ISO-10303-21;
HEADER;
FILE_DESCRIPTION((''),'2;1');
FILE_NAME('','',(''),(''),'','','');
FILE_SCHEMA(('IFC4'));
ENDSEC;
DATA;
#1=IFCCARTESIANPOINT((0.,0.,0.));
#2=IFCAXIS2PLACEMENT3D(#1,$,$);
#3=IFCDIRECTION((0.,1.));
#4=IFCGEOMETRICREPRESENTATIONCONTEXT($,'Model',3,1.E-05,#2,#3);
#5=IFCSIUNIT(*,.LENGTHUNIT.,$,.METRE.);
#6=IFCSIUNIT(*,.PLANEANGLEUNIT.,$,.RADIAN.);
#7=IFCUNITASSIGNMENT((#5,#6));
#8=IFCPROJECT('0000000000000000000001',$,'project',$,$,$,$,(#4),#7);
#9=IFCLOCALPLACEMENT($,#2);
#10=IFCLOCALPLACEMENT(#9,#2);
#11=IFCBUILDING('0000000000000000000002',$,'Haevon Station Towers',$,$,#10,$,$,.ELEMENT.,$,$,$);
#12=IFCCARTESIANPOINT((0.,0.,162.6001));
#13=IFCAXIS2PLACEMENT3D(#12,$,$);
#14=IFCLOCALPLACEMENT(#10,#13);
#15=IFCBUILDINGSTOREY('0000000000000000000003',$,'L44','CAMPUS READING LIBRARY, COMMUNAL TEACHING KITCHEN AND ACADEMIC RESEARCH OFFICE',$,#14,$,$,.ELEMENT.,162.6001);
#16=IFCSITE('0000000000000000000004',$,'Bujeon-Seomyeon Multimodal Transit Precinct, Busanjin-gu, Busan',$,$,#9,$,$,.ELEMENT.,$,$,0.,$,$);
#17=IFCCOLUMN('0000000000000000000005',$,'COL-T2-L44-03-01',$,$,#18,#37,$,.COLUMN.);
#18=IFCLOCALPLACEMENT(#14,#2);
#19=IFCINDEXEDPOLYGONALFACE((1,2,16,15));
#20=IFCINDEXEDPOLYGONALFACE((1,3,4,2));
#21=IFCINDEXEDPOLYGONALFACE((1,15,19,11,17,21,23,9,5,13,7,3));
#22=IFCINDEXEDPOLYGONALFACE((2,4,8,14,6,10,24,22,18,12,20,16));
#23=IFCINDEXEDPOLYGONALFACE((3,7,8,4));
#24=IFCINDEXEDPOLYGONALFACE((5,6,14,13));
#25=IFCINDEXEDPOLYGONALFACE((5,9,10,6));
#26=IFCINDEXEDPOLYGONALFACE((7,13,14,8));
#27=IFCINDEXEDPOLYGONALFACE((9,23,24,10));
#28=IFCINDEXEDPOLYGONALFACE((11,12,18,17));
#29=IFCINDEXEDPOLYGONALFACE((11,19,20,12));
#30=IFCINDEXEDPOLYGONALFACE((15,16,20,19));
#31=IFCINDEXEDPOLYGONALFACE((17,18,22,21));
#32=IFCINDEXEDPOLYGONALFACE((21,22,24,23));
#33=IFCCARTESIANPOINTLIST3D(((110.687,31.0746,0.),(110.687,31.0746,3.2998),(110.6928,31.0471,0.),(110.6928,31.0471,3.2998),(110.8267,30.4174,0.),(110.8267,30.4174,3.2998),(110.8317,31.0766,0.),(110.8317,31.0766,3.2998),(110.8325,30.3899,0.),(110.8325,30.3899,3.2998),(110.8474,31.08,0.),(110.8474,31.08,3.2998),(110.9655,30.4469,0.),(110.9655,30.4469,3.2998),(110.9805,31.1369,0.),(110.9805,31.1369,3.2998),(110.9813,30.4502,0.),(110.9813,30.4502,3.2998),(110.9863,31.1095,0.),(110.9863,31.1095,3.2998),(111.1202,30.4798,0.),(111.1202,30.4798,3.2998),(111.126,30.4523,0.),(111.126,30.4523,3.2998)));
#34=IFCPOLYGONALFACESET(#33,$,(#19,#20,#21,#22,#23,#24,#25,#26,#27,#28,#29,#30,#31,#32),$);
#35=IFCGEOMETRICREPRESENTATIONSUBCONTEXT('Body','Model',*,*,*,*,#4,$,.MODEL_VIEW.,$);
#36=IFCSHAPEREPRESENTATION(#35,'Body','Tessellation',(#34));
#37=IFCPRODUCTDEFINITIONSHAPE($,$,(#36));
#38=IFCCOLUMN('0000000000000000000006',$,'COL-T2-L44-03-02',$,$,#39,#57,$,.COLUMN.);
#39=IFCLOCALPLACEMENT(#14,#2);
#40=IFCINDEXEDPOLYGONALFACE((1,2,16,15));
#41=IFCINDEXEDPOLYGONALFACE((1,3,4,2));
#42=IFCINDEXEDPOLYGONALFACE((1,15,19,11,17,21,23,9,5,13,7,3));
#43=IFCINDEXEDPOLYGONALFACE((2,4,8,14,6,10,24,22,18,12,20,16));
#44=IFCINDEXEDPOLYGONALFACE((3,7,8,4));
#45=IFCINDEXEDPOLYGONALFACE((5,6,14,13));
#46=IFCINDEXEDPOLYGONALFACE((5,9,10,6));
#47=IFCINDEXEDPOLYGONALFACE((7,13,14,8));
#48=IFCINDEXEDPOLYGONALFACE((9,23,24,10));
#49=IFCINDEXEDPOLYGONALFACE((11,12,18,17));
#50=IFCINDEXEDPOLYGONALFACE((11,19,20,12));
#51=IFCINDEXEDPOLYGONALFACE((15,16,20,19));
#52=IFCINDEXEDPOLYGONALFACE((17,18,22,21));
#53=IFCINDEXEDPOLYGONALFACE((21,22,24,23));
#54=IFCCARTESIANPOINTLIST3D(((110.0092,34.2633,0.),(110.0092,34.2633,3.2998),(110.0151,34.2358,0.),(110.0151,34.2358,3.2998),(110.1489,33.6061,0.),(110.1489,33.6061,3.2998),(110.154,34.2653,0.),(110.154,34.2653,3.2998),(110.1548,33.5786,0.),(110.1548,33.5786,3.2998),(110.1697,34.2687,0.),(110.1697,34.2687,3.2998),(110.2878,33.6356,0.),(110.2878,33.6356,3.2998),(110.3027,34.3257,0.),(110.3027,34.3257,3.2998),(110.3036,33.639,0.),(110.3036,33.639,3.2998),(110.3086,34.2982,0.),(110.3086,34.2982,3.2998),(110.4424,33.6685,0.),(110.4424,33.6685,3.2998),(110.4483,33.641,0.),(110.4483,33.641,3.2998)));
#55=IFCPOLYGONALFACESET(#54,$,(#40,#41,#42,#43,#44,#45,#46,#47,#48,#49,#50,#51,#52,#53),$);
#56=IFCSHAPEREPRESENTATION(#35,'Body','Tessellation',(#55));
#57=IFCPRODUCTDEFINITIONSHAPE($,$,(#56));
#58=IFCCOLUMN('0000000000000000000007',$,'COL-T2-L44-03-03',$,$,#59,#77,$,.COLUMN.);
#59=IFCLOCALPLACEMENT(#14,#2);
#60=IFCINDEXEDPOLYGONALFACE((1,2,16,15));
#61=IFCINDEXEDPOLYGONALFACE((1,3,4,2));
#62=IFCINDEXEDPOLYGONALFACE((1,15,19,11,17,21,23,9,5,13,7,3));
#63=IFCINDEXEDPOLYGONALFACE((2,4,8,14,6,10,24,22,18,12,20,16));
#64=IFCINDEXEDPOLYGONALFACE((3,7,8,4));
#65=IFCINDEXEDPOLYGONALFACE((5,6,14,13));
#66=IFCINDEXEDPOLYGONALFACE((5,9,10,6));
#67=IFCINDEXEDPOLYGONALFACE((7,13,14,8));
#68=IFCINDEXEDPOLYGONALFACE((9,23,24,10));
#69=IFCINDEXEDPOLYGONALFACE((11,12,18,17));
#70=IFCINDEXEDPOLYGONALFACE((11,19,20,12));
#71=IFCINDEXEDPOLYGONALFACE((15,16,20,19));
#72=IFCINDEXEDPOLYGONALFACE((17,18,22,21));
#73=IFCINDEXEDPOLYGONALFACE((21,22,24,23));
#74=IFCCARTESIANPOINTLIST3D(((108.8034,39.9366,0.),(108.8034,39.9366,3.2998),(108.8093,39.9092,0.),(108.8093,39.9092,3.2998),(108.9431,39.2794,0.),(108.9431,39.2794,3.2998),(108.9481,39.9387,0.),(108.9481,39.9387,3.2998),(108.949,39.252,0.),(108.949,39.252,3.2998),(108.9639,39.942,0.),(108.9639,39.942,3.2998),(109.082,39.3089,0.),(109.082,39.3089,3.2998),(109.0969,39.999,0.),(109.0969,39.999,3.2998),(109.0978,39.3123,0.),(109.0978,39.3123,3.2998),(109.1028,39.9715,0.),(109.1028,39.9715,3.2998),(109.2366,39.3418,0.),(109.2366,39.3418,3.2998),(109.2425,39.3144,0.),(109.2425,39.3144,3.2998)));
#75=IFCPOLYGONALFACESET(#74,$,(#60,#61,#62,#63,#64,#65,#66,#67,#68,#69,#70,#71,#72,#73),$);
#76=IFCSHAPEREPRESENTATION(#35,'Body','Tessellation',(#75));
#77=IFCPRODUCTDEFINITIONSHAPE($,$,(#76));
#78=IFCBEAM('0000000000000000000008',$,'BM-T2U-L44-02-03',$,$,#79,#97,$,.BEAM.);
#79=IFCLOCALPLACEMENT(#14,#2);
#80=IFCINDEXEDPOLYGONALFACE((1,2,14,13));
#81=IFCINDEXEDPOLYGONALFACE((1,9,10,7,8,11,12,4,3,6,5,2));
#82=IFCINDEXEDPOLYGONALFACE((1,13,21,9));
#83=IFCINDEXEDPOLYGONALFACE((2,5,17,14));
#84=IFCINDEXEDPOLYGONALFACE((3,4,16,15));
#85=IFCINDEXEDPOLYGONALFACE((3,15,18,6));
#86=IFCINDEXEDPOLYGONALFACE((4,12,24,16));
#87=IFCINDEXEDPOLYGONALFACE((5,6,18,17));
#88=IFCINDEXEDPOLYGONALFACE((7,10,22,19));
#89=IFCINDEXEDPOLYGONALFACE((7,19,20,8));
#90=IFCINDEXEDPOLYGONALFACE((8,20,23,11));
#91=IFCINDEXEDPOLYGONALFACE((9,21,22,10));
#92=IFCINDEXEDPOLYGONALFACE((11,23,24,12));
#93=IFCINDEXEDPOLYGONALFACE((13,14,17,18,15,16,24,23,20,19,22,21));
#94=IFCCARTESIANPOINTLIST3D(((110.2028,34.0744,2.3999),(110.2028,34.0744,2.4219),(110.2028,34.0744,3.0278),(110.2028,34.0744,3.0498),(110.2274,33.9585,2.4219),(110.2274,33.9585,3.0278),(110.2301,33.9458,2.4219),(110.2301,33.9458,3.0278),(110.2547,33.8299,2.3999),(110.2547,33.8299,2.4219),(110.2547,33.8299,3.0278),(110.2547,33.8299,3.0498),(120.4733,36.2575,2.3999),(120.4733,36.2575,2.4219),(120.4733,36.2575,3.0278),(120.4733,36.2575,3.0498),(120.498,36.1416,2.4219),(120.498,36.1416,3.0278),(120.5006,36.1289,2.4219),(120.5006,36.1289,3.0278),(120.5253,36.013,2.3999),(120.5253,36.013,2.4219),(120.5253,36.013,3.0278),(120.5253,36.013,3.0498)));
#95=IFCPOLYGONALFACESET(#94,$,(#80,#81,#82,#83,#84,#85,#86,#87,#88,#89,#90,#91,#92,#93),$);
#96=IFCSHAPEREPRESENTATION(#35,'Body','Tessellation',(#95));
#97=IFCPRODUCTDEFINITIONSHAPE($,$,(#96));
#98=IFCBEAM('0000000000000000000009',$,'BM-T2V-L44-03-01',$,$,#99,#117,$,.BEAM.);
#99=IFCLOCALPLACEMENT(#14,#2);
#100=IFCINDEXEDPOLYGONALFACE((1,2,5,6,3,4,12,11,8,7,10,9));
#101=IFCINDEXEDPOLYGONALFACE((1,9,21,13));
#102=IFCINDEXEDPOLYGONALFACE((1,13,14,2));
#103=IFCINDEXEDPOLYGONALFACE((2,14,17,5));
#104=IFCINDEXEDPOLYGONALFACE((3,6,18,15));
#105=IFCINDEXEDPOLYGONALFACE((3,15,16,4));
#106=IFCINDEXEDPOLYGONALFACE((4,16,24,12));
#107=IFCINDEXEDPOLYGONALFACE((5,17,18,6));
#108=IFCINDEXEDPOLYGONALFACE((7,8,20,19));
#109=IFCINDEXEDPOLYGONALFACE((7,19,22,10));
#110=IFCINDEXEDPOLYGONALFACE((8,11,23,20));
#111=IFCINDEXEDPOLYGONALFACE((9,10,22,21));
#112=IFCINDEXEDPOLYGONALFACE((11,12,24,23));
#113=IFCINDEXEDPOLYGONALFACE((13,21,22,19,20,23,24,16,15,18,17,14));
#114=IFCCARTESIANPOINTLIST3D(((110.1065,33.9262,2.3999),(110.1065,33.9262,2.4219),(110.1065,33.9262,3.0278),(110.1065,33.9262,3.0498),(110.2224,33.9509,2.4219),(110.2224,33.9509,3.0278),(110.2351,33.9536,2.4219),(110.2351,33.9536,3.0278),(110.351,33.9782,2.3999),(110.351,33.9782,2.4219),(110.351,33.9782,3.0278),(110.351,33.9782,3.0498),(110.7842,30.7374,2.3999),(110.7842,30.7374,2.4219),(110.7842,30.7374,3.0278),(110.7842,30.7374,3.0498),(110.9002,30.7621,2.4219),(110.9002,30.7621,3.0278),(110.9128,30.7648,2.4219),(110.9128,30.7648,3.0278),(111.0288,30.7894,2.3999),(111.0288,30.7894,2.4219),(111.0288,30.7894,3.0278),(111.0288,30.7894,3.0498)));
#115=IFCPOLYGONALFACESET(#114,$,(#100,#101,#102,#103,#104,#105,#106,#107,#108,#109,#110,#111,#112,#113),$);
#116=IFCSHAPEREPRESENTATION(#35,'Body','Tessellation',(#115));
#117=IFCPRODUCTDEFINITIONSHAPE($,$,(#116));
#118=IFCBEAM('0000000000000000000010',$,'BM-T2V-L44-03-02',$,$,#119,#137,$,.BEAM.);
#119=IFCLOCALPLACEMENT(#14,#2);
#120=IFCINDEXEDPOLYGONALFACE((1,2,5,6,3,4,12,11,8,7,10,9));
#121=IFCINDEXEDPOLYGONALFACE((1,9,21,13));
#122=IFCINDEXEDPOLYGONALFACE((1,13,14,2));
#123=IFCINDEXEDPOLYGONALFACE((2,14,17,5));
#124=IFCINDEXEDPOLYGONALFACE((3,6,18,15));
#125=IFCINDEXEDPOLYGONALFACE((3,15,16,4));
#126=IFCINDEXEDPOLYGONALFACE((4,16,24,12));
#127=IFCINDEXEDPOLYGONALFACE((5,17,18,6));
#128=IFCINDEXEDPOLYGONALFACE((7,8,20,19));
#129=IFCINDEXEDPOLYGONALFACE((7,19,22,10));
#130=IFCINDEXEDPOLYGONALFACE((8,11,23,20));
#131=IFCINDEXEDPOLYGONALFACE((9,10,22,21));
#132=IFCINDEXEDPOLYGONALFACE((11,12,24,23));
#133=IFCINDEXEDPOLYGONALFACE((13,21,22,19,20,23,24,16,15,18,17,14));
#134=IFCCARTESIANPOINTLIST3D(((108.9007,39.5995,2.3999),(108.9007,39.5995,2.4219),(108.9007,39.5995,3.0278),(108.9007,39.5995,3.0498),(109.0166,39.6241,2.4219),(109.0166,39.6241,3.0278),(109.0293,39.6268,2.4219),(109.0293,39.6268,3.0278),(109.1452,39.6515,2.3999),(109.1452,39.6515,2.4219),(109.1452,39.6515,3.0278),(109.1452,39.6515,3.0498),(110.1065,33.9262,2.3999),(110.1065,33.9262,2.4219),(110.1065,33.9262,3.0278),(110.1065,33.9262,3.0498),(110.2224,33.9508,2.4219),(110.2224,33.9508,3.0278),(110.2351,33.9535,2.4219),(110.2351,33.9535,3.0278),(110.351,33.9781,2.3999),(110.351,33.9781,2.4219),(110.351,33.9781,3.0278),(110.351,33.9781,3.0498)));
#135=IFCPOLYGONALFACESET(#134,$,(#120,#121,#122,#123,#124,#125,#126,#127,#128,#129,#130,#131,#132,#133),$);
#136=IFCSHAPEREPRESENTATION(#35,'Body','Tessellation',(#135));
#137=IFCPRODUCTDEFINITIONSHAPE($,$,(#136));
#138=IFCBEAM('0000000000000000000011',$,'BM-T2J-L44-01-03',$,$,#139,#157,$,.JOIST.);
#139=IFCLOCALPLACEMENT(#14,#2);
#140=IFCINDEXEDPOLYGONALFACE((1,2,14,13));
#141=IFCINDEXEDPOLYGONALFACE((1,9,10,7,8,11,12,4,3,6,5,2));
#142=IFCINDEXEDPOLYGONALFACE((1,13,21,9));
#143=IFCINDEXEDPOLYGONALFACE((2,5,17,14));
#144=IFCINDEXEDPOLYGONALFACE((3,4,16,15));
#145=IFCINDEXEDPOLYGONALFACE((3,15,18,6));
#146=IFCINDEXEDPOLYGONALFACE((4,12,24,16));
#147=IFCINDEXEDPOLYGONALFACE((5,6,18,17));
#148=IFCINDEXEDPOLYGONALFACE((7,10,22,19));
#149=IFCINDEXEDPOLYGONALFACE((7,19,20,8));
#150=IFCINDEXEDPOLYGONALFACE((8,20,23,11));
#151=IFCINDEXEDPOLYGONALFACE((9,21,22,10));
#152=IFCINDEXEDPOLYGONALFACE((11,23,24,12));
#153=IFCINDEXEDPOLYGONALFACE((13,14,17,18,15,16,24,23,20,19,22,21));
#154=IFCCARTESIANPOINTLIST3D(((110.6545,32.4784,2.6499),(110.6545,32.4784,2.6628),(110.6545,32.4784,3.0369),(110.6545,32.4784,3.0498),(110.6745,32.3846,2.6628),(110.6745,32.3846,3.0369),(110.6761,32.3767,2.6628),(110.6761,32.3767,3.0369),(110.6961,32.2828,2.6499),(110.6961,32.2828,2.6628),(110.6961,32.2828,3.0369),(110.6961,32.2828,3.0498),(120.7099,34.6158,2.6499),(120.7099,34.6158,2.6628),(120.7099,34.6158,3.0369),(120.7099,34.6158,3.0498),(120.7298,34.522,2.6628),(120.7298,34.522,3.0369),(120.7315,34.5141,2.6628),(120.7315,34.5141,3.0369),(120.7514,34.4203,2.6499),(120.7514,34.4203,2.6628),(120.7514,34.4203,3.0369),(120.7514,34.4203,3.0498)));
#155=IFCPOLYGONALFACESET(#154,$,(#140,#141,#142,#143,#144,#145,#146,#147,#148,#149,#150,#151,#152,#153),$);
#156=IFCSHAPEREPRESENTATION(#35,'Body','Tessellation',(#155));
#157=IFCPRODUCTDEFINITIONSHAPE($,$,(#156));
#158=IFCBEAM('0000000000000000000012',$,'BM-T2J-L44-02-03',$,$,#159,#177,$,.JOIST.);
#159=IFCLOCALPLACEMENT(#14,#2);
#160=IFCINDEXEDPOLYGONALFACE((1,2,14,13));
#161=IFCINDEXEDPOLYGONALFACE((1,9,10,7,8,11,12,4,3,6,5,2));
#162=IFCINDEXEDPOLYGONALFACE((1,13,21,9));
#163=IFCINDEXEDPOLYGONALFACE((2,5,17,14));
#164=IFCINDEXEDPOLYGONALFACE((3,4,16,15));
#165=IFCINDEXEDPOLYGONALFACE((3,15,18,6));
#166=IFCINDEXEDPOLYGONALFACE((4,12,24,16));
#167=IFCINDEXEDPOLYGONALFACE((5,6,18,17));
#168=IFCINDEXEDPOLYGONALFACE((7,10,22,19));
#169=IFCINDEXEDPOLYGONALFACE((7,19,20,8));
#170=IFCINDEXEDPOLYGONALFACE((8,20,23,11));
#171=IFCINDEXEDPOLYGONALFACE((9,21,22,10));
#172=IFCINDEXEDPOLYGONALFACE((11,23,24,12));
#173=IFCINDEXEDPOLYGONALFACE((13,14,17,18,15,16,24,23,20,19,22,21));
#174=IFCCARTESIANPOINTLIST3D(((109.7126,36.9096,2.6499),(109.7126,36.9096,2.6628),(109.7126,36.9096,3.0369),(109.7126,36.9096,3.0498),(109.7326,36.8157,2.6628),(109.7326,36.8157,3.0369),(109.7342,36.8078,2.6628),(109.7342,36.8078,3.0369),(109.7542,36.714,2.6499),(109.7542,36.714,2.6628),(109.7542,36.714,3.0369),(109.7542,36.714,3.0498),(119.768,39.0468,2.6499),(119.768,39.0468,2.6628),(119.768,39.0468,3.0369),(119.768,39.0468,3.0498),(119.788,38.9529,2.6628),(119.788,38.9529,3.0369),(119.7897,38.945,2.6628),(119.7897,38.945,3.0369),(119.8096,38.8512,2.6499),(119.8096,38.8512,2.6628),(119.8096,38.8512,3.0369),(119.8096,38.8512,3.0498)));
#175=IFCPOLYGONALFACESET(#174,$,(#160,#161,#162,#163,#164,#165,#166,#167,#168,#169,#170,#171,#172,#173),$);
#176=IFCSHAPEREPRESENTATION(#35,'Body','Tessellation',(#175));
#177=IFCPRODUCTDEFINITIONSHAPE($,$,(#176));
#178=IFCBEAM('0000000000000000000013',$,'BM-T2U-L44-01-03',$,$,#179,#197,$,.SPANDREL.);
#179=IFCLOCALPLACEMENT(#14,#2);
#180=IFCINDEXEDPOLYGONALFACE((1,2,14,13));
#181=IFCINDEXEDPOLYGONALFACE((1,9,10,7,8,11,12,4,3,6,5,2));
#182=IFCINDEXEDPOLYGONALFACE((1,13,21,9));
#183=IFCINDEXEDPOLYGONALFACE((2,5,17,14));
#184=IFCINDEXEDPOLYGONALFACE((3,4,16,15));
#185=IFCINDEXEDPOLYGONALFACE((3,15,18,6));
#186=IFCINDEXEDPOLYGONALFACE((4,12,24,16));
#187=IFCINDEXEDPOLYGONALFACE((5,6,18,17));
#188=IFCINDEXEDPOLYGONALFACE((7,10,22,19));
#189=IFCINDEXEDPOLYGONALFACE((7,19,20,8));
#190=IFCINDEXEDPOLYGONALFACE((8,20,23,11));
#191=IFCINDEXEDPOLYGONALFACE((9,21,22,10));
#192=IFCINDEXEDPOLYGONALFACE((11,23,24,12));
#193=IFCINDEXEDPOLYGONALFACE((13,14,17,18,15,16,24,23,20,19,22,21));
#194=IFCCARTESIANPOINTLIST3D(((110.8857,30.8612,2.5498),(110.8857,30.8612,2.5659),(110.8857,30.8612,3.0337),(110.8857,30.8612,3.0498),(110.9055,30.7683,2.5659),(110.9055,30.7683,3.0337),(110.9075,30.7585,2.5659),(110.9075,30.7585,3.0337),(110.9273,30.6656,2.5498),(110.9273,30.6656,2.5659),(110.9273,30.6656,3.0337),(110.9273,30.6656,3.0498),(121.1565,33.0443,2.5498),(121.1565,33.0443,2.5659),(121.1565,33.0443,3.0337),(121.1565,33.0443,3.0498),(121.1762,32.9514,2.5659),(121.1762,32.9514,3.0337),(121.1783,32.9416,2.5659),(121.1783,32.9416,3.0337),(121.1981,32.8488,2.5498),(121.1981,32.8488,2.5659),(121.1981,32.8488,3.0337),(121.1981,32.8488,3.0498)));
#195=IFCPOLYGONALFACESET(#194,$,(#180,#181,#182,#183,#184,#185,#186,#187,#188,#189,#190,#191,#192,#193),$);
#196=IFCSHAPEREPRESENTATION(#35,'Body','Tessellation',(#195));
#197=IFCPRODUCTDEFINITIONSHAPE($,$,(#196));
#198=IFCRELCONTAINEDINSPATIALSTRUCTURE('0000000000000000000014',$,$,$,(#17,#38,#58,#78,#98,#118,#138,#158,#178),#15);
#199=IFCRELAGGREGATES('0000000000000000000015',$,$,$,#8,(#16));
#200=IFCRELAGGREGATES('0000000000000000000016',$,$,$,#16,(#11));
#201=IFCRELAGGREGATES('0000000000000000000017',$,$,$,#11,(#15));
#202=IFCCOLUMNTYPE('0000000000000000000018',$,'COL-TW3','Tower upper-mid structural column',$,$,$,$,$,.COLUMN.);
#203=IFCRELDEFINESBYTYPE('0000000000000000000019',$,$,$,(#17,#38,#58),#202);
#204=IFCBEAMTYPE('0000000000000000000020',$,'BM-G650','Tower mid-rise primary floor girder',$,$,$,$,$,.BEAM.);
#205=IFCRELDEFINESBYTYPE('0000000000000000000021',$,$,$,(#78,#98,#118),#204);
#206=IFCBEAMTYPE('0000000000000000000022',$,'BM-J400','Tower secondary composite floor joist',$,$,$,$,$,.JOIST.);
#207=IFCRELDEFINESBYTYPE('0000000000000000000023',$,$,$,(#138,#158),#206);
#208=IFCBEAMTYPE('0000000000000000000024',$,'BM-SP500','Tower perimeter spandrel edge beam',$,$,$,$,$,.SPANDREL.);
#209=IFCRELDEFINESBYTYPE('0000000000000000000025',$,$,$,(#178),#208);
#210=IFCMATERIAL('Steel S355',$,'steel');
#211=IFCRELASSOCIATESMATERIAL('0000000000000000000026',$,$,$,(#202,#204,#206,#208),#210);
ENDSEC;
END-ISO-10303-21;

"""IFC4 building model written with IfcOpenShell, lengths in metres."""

from ifc_helpers import new_model, si_unit, direction, frame, origin, origin_2d, place, context, subcontext, project, spatial, i_section, extrude, material, material_profile, profile_set, type_object, element, save


model = new_model("IFC4")

# Units and contexts
model_context = context("Model", 3, precision=1e-05, world=origin(), true_north=direction((0.0, 1.0)))
body_context = subcontext(model_context, "Body", "Model", "MODEL_VIEW")
ifc_project = project(units=[si_unit("LENGTHUNIT", "METRE"), si_unit("PLANEANGLEUNIT", "RADIAN")], contexts=[model_context])

# Site, building, storey
site_placement = place(None, origin())
site = spatial("IfcSite", under=ifc_project, at=site_placement, Name="Bujeon-Seomyeon Multimodal Transit Precinct, Busanjin-gu, Busan", CompositionType="ELEMENT", RefElevation=0.0)
building_placement = place(site_placement, origin())
building = spatial("IfcBuilding", under=site, at=building_placement, Name="Haevon Station Towers", CompositionType="ELEMENT")
storey_placement = place(building_placement, frame((0.0, 0.0, 162.6001)))
storey = spatial("IfcBuildingStorey", under=building, at=storey_placement, Name="L44", Description="CAMPUS READING LIBRARY, COMMUNAL TEACHING KITCHEN AND ACADEMIC RESEARCH OFFICE", CompositionType="ELEMENT", Elevation=162.6001)

# Columns
ifc_material_1 = material(Name="Steel S355", Category="steel")
ifc_material_profile_1 = material_profile(ifc_material_1, i_section(OverallWidth=0.3, OverallDepth=0.7, WebThickness=0.0161, FlangeThickness=0.0281, at=origin_2d()), Name="H-700x300x16x28")
ifc_profile_set_1 = profile_set([ifc_material_profile_1], Name="Steel S355")
column_type = type_object("IfcColumnType", Name="COL-TW3", Description="Tower upper-mid structural column", PredefinedType="COLUMN", material=ifc_profile_set_1)
for number, where, z_axis, x_axis, name in (
    (1, (110.9065, 30.7634, 0.0), (0.0, 0.0, 1.0), (0.978148, 0.207912, 0.0), "COL-T2-L44-03-01"),
    (2, (110.2288, 33.9521, 0.0), (0.0, 0.0, 1.0), (0.978148, 0.207912, 0.0), "COL-T2-L44-03-02"),
    (3, (109.0229, 39.6255, 0.0), (0.0, 0.0, 1.0), (0.978148, 0.207912, 0.0), "COL-T2-L44-03-03"),
):
    element("IfcColumn", number, at=place(storey_placement, frame(where, z_axis=z_axis, x_axis=x_axis)), inside=storey, type_object=column_type, Name=name, PredefinedType="COLUMN", context=body_context, shape_type="SweptSolid", body=[
        extrude(i_section(OverallWidth=0.3, OverallDepth=0.7, WebThickness=0.0161, FlangeThickness=0.0281, at=origin_2d()), origin(), (0.0, 0.0, 1.0), 3.2998),
    ])

# Beams
ifc_material_profile_2 = material_profile(ifc_material_1, i_section(OverallWidth=0.25, OverallDepth=0.6499, WebThickness=0.0129, FlangeThickness=0.022, at=origin_2d()), Name="H-650x250x13x22")
ifc_profile_set_2 = profile_set([ifc_material_profile_2], Name="Steel S355")
beam_type_1 = type_object("IfcBeamType", Name="BM-G650", Description="Tower mid-rise primary floor girder", PredefinedType="BEAM", material=ifc_profile_set_2)
beam_1_placement = place(storey_placement, frame((110.2288, 33.9521, 2.7249), z_axis=(0.978147, 0.207915, 0.0), x_axis=(-0.207915, 0.978147, 0.0)))
element("IfcBeam", 4, at=beam_1_placement, inside=storey, type_object=beam_type_1, Name="BM-T2U-L44-02-03", PredefinedType="BEAM", context=body_context, shape_type="SweptSolid", body=[
    extrude(i_section(OverallWidth=0.25, OverallDepth=0.6499, WebThickness=0.0129, FlangeThickness=0.022, at=origin_2d()), origin(), (0.0, 0.0, 1.0), 10.5),
])
beam_2_placement = place(storey_placement, frame((110.9065, 30.7634, 2.7249), z_axis=(-0.207897, 0.978151, 0.0), x_axis=(-0.978151, -0.207897, 0.0)))
element("IfcBeam", 5, at=beam_2_placement, inside=storey, type_object=beam_type_1, Name="BM-T2V-L44-03-01", PredefinedType="BEAM", context=body_context, shape_type="SweptSolid", body=[
    extrude(i_section(OverallWidth=0.25, OverallDepth=0.6499, WebThickness=0.0129, FlangeThickness=0.022, at=origin_2d()), origin(), (0.0, 0.0, 1.0), 3.26),
])
beam_3_placement = place(storey_placement, frame((110.2288, 33.9521, 2.7249), z_axis=(-0.207896, 0.978151, 0.0), x_axis=(-0.978151, -0.207896, 0.0)))
element("IfcBeam", 6, at=beam_3_placement, inside=storey, type_object=beam_type_1, Name="BM-T2V-L44-03-02", PredefinedType="BEAM", context=body_context, shape_type="SweptSolid", body=[
    extrude(i_section(OverallWidth=0.25, OverallDepth=0.6499, WebThickness=0.0129, FlangeThickness=0.022, at=origin_2d()), origin(), (0.0, 0.0, 1.0), 5.8),
])
ifc_material_profile_3 = material_profile(ifc_material_1, i_section(OverallWidth=0.2, OverallDepth=0.3999, WebThickness=0.0081, FlangeThickness=0.0129, at=origin_2d()), Name="H-400x200x8x13")
ifc_profile_set_3 = profile_set([ifc_material_profile_3], Name="Steel S355")
beam_type_2 = type_object("IfcBeamType", Name="BM-J400", Description="Tower secondary composite floor joist", PredefinedType="JOIST", material=ifc_profile_set_3)
for number, where, z_axis, x_axis, name in (
    (7, (110.6753, 32.3806, 2.8499), (0.978146, 0.207922, 0.0), (-0.207922, 0.978146, 0.0), "BM-T2J-L44-01-03"),
    (8, (109.7334, 36.8118, 2.8499), (0.97815, 0.207899, 0.0), (-0.207899, 0.97815, 0.0), "BM-T2J-L44-02-03"),
):
    element("IfcBeam", number, at=place(storey_placement, frame(where, z_axis=z_axis, x_axis=x_axis)), inside=storey, type_object=beam_type_2, Name=name, PredefinedType="JOIST", context=body_context, shape_type="SweptSolid", body=[
        extrude(i_section(OverallWidth=0.2, OverallDepth=0.3999, WebThickness=0.0081, FlangeThickness=0.0129, at=origin_2d()), origin(), (0.0, 0.0, 1.0), 10.28),
    ])
ifc_material_profile_4 = material_profile(ifc_material_1, i_section(OverallWidth=0.2, OverallDepth=0.5, WebThickness=0.01, FlangeThickness=0.0161, at=origin_2d()), Name="H-500x200x10x16")
ifc_profile_set_4 = profile_set([ifc_material_profile_4], Name="Steel S355")
beam_type_3 = type_object("IfcBeamType", Name="BM-SP500", Description="Tower perimeter spandrel edge beam", PredefinedType="SPANDREL", material=ifc_profile_set_4)
beam_4_placement = place(storey_placement, frame((110.9065, 30.7634, 2.7998), z_axis=(0.978148, 0.207911, 0.0), x_axis=(-0.207911, 0.978148, 0.0)))
element("IfcBeam", 9, at=beam_4_placement, inside=storey, type_object=beam_type_3, Name="BM-T2U-L44-01-03", PredefinedType="SPANDREL", context=body_context, shape_type="SweptSolid", body=[
    extrude(i_section(OverallWidth=0.2, OverallDepth=0.5, WebThickness=0.01, FlangeThickness=0.0161, at=origin_2d()), origin(), (0.0, 0.0, 1.0), 10.5002),
])

save(model, "model.ifc")
